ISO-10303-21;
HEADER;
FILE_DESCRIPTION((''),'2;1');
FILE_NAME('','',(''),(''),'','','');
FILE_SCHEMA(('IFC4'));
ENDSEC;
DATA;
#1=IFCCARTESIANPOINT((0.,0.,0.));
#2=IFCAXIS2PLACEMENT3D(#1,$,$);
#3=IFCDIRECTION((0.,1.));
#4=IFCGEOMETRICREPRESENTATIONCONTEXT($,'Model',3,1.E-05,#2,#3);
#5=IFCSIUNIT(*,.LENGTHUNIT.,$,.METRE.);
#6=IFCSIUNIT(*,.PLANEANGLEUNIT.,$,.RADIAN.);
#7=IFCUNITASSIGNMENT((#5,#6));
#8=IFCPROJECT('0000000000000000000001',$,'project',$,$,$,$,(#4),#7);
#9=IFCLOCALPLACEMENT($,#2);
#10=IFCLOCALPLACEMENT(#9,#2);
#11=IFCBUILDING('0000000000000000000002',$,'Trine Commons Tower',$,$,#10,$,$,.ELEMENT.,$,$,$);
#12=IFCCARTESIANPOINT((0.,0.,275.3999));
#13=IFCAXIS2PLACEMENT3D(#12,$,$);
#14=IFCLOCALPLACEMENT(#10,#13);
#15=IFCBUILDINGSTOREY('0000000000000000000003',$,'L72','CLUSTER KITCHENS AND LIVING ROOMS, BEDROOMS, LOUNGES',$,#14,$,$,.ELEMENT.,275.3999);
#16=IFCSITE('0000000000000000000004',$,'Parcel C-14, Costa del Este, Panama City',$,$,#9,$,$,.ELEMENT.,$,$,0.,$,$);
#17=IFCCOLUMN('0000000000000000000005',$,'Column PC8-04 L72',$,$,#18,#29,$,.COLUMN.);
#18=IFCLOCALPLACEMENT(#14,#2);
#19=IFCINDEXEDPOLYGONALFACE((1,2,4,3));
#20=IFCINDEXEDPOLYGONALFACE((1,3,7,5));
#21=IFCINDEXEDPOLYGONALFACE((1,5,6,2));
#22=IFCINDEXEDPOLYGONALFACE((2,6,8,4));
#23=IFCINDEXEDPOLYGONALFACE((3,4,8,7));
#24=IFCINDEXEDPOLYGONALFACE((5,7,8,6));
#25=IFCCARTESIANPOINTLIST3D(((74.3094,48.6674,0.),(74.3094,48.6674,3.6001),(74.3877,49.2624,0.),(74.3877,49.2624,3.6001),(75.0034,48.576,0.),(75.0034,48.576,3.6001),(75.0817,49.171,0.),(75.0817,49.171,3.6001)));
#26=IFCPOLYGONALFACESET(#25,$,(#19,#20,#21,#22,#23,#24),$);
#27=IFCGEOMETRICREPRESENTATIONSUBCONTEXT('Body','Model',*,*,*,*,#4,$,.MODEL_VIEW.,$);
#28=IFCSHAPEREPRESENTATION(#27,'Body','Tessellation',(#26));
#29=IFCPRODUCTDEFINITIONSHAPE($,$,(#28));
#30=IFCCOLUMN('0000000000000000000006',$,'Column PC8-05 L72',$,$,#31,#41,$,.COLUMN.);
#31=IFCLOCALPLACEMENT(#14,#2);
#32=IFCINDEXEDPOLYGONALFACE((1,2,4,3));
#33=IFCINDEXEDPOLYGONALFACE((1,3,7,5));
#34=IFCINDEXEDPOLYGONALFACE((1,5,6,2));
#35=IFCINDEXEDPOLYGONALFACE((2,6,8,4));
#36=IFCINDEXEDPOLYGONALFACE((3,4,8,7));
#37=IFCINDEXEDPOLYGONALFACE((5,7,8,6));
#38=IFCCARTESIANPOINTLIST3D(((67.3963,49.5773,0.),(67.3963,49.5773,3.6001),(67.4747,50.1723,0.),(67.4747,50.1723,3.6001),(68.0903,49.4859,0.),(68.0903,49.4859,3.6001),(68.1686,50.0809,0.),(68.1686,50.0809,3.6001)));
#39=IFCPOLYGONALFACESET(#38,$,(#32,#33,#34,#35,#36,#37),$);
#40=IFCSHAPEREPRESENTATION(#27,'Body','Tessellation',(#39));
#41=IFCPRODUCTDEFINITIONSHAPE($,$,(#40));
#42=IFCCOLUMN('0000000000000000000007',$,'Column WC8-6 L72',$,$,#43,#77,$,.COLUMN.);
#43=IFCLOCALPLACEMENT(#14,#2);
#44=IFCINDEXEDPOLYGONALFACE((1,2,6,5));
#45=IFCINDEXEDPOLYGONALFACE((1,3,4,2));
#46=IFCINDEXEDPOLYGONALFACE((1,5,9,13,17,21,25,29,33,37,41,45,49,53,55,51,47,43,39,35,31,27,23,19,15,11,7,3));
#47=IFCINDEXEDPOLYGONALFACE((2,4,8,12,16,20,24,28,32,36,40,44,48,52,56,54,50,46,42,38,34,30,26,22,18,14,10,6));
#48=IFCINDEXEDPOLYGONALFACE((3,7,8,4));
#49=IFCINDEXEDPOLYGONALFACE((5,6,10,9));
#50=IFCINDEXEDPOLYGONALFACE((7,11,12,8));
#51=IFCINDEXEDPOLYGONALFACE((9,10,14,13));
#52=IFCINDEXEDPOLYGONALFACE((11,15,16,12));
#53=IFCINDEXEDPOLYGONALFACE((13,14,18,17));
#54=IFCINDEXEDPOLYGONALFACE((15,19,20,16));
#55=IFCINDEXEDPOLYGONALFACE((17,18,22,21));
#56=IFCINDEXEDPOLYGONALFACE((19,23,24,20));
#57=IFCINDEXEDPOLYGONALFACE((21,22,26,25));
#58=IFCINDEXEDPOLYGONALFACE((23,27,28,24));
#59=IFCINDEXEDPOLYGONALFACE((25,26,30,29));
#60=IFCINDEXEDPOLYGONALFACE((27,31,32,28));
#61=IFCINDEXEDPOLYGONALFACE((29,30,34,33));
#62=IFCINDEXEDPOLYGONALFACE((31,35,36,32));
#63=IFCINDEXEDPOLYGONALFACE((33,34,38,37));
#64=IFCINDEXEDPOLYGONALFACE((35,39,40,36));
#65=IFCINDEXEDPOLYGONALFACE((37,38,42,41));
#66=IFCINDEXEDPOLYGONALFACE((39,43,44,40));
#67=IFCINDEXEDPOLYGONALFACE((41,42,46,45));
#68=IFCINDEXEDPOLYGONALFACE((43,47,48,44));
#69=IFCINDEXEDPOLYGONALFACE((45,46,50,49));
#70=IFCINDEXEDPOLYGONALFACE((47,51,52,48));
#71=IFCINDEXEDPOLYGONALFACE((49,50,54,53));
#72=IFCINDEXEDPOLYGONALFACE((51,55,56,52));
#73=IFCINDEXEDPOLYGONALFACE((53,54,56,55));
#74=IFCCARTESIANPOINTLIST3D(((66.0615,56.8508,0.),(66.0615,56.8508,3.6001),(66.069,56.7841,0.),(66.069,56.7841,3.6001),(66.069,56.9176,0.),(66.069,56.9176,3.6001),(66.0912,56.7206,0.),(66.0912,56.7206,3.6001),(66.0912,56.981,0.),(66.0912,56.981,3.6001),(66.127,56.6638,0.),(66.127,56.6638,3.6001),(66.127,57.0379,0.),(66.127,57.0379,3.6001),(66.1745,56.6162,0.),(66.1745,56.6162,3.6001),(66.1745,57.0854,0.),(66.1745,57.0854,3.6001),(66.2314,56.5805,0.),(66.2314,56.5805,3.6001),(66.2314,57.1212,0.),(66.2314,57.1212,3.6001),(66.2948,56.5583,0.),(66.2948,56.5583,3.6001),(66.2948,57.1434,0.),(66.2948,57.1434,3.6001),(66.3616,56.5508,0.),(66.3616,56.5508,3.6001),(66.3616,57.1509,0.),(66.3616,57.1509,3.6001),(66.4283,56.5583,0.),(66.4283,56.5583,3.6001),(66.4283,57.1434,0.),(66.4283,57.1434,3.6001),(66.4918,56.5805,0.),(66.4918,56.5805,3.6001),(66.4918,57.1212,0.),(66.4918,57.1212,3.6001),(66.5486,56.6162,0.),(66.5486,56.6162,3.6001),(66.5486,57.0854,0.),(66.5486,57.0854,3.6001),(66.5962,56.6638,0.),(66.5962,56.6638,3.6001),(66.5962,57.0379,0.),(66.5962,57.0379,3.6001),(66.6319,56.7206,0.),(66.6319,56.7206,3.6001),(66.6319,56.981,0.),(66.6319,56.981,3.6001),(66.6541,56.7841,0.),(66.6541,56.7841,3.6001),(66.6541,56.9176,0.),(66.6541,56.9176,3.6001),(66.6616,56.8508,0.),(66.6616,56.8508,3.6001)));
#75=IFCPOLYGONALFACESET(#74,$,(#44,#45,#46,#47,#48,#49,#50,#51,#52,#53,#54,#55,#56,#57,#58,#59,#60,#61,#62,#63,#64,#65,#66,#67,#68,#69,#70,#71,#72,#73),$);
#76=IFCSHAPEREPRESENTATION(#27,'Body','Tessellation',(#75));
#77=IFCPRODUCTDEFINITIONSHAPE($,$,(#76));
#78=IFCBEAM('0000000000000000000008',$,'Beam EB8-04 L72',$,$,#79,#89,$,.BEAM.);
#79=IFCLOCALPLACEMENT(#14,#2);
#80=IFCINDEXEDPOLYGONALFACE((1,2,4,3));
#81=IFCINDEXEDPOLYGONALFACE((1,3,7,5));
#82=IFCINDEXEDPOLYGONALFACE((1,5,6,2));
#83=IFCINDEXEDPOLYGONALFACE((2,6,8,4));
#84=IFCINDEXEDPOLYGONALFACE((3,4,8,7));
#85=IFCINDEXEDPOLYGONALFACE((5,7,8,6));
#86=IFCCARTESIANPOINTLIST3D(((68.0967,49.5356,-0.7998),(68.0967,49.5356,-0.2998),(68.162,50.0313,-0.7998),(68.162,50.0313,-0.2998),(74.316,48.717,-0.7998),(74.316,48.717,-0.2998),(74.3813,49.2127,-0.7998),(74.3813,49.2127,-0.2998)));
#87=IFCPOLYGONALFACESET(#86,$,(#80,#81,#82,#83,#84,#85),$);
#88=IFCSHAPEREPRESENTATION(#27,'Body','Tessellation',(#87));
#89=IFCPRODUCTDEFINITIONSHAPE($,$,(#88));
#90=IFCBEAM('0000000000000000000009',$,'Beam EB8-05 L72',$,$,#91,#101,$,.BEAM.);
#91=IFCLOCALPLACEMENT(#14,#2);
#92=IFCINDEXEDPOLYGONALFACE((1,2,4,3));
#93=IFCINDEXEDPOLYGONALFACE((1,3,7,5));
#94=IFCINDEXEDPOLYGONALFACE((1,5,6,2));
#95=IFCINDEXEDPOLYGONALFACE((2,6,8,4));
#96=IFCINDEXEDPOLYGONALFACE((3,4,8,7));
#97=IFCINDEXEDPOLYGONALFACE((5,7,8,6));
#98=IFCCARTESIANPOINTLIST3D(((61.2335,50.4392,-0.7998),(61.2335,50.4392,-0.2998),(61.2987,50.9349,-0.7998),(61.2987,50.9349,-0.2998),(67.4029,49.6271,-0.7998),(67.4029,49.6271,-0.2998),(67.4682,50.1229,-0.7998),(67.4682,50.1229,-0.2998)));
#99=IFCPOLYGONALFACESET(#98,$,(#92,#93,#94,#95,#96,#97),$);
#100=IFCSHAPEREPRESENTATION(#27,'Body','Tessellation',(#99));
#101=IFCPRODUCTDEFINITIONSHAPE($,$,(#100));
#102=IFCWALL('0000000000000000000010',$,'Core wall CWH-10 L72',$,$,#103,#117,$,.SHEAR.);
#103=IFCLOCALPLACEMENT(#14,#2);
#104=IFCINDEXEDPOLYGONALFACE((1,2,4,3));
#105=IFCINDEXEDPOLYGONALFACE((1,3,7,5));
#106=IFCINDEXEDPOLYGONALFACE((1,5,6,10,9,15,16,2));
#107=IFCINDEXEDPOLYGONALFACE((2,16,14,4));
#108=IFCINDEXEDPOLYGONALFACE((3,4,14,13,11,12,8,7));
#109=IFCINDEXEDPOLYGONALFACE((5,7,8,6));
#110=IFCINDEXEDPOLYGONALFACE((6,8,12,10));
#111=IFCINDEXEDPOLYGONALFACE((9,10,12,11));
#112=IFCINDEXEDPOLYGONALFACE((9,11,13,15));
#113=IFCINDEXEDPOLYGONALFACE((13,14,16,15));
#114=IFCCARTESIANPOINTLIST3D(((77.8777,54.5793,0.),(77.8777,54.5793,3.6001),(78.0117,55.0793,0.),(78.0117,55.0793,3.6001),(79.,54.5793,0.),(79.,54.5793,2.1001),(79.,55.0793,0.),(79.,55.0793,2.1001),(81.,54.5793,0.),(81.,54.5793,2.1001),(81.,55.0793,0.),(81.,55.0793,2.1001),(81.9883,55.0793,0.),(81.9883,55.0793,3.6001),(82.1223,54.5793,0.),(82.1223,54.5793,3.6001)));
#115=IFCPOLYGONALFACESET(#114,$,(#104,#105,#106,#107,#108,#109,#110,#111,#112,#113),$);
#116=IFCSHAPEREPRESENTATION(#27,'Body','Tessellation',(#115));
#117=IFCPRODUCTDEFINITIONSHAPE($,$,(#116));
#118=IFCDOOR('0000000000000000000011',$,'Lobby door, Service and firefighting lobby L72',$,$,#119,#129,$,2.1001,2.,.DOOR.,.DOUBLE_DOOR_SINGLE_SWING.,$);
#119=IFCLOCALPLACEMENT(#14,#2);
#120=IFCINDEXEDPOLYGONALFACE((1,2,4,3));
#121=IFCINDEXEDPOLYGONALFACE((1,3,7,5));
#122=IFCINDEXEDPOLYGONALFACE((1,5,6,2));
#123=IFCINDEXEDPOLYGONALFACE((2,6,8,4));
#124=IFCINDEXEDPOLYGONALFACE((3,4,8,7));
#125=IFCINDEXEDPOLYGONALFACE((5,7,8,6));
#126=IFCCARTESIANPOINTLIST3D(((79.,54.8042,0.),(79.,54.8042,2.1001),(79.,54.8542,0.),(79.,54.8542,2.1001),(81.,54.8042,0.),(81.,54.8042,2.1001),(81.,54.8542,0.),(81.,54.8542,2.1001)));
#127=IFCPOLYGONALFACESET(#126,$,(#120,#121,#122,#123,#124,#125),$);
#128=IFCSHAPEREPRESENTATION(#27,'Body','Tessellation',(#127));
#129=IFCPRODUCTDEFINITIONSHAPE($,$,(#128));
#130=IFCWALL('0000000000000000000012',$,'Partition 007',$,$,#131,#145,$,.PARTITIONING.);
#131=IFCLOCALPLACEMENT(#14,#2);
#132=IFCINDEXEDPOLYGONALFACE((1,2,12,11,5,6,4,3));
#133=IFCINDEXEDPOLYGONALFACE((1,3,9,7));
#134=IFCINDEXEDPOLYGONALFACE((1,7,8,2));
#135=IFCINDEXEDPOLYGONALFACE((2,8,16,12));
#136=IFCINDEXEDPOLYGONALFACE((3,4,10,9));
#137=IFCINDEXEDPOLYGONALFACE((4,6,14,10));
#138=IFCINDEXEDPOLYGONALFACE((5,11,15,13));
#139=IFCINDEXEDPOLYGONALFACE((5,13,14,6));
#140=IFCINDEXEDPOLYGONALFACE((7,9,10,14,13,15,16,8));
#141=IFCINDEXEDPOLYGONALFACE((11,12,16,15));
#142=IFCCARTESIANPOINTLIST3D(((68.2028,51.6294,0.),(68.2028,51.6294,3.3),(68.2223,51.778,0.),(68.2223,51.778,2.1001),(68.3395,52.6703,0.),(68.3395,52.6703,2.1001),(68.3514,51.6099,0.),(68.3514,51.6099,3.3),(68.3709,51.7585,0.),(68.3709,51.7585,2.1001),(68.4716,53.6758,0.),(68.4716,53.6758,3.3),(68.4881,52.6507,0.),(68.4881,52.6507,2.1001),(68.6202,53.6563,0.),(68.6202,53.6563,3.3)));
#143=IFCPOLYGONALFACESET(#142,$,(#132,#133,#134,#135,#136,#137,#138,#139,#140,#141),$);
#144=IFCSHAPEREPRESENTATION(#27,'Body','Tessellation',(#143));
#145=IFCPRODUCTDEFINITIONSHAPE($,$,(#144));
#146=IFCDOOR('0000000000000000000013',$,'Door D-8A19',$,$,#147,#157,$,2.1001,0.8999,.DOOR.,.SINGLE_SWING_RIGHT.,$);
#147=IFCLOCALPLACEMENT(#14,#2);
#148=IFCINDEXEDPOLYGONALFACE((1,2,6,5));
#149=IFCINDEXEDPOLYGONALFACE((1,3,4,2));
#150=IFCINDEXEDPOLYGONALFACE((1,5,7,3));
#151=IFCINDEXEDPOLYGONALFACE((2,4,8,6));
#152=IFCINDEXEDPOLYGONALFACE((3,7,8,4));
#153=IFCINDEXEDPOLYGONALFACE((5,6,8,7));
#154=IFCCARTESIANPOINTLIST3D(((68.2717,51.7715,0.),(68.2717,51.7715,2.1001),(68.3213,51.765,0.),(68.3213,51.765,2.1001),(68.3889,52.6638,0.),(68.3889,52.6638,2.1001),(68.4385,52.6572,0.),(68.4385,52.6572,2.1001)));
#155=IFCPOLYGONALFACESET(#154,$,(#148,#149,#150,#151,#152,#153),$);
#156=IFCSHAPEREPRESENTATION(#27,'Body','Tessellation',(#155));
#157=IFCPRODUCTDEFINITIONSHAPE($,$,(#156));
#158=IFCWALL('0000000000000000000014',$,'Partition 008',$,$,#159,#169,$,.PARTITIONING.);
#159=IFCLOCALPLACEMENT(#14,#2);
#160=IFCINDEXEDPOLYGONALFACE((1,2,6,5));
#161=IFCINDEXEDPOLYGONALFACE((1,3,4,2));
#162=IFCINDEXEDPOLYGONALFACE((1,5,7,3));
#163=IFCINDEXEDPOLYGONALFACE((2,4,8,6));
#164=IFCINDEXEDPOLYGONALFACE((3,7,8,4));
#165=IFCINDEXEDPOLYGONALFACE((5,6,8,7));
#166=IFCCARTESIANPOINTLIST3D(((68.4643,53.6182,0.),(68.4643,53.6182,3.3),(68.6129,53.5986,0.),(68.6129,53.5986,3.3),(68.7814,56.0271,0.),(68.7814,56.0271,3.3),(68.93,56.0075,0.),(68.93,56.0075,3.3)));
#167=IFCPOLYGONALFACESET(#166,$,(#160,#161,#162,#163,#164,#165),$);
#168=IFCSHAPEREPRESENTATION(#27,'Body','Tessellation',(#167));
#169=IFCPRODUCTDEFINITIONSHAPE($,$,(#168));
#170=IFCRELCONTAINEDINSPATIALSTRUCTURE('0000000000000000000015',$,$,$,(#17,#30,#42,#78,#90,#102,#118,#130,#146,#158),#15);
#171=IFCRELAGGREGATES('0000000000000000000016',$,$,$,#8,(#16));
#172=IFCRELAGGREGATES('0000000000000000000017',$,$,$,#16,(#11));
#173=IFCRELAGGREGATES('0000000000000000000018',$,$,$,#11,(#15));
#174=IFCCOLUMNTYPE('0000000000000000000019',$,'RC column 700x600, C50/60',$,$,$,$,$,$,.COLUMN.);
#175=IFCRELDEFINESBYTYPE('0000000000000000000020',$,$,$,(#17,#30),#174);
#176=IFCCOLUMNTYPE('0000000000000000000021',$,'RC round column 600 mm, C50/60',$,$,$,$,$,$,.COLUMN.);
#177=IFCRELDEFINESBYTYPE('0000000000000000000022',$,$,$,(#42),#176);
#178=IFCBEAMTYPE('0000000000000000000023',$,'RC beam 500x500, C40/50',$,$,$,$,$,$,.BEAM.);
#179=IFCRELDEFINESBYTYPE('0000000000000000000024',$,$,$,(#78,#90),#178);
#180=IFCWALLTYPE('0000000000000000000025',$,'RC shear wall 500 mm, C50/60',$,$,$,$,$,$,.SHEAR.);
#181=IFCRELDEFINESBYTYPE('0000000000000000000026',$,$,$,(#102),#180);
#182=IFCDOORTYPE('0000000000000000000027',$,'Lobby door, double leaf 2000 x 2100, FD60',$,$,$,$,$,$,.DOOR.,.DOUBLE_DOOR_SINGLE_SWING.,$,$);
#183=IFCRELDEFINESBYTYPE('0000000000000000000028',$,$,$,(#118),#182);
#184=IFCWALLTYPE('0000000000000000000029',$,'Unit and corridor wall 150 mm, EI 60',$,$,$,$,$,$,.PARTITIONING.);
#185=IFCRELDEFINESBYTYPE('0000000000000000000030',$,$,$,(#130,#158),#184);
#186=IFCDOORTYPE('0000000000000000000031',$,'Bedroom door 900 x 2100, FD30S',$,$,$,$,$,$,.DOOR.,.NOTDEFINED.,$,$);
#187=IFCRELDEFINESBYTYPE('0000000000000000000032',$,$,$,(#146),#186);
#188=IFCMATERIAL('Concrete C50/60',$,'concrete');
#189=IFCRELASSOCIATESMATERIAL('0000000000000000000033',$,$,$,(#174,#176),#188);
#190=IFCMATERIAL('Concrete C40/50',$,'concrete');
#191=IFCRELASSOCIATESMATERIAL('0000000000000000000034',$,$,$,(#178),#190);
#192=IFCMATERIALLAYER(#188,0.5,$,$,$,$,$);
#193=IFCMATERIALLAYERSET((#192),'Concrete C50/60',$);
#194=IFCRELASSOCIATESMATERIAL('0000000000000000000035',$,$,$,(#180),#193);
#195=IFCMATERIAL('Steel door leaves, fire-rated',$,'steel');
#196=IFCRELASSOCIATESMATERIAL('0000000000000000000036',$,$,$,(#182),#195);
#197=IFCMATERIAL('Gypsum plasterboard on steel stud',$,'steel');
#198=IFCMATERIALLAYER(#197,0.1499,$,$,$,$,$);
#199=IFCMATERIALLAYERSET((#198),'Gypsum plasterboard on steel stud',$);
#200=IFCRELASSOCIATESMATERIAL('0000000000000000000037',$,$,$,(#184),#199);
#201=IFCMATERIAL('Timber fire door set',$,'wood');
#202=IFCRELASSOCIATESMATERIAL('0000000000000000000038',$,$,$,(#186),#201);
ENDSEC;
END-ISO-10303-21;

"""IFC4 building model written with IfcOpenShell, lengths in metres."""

from ifc_helpers import new_model, si_unit, direction, frame, frame_2d, origin, origin_2d, place, context, subcontext, project, spatial, polyline, rectangle, circle, outline, extrude, material, layer, layer_set, material_profile, profile_set, type_object, element, fill, save


model = new_model("IFC4")

# Units and contexts
model_context = context("Model", 3, precision=1e-05, world=origin(), true_north=direction((0.0, 1.0)))
body_context = subcontext(model_context, "Body", "Model", "MODEL_VIEW")
ifc_project = project(units=[si_unit("LENGTHUNIT", "METRE"), si_unit("PLANEANGLEUNIT", "RADIAN")], contexts=[model_context])

# Site, building, storey
site_placement = place(None, origin())
site = spatial("IfcSite", under=ifc_project, at=site_placement, Name="Parcel C-14, Costa del Este, Panama City", CompositionType="ELEMENT", RefElevation=0.0)
building_placement = place(site_placement, origin())
building = spatial("IfcBuilding", under=site, at=building_placement, Name="Trine Commons Tower", CompositionType="ELEMENT")
storey_placement = place(building_placement, frame((0.0, 0.0, 275.3999)))
storey = spatial("IfcBuildingStorey", under=building, at=storey_placement, Name="L72", Description="CLUSTER KITCHENS AND LIVING ROOMS, BEDROOMS, LOUNGES", CompositionType="ELEMENT", Elevation=275.3999)

# Columns
ifc_material_1 = material(Name="Concrete C50/60", Category="concrete")
ifc_material_profile_1 = material_profile(ifc_material_1, rectangle(XDim=0.7, YDim=0.6001, at=origin_2d()), Name="RC 700x600")
ifc_profile_set_1 = profile_set([ifc_material_profile_1], Name="Concrete C50/60")
column_type_1 = type_object("IfcColumnType", Name="RC column 700x600, C50/60", PredefinedType="COLUMN", material=ifc_profile_set_1)
for number, where, z_axis, x_axis, name in (
    (1, (74.6956, 48.9192, 0.0), (0.0, 0.0, 1.0), (-0.991445, 0.130526, 0.0), "Column PC8-04 L72"),
    (2, (67.7825, 49.8291, 0.0), (0.0, 0.0, 1.0), (-0.991445, 0.130526, 0.0), "Column PC8-05 L72"),
):
    element("IfcColumn", number, at=place(storey_placement, frame(where, z_axis=z_axis, x_axis=x_axis)), inside=storey, type_object=column_type_1, Name=name, PredefinedType="COLUMN", context=body_context, shape_type="SweptSolid", body=[
        extrude(rectangle(XDim=0.7, YDim=0.6001, at=origin_2d()), origin(), (0.0, 0.0, 1.0), 3.6001),
    ])
ifc_material_profile_2 = material_profile(ifc_material_1, circle(Radius=0.3, at=origin_2d()), Name="RC round 600")
ifc_profile_set_2 = profile_set([ifc_material_profile_2], Name="Concrete C50/60")
column_type_2 = type_object("IfcColumnType", Name="RC round column 600 mm, C50/60", PredefinedType="COLUMN", material=ifc_profile_set_2)
column_placement = place(storey_placement, frame((66.3616, 56.8508, 0.0), z_axis=(0.0, 0.0, 1.0), x_axis=(1.0, 0.0, 0.0)))
element("IfcColumn", 3, at=column_placement, inside=storey, type_object=column_type_2, Name="Column WC8-6 L72", PredefinedType="COLUMN", context=body_context, shape_type="SweptSolid", body=[
    extrude(circle(Radius=0.3, at=origin_2d()), origin(), (0.0, 0.0, 1.0), 3.6001),
])

# Beams
ifc_material_2 = material(Name="Concrete C40/50", Category="concrete")
ifc_material_profile_3 = material_profile(ifc_material_2, rectangle(XDim=0.5, YDim=0.5, at=origin_2d()), Name="RC 500x500")
ifc_profile_set_3 = profile_set([ifc_material_profile_3], Name="Concrete C40/50")
beam_type = type_object("IfcBeamType", Name="RC beam 500x500, C40/50", PredefinedType="BEAM", material=ifc_profile_set_3)
beam_1_placement = place(storey_placement, frame((74.3486, 48.9648, -0.5498), z_axis=(-0.991448, 0.130499, 0.0), x_axis=(-0.130499, -0.991448, 0.0)))
element("IfcBeam", 4, at=beam_1_placement, inside=storey, type_object=beam_type, Name="Beam EB8-04 L72", PredefinedType="BEAM", context=body_context, shape_type="SweptSolid", body=[
    extrude(rectangle(XDim=0.5, YDim=0.5, at=origin_2d()), origin(), (0.0, 0.0, 1.0), 6.2729),
])
beam_2_placement = place(storey_placement, frame((67.4355, 49.875, -0.5498), z_axis=(-0.991449, 0.130493, 0.0), x_axis=(-0.130493, -0.991449, 0.0)))
element("IfcBeam", 5, at=beam_2_placement, inside=storey, type_object=beam_type, Name="Beam EB8-05 L72", PredefinedType="BEAM", context=body_context, shape_type="SweptSolid", body=[
    extrude(rectangle(XDim=0.5, YDim=0.5, at=origin_2d()), origin(), (0.0, 0.0, 1.0), 6.2227),
])

# Walls, openings, doors
ifc_layer_1 = layer(ifc_material_1, 0.5)
ifc_layer_set_1 = layer_set([ifc_layer_1], Name="Concrete C50/60")
wall_type_1 = type_object("IfcWallType", Name="RC shear wall 500 mm, C50/60", PredefinedType="SHEAR", material=ifc_layer_set_1)
wall_1_placement = place(storey_placement, frame((77.8777, 54.8293, 0.0), z_axis=(0.0, 0.0, 1.0), x_axis=(1.0, 0.0, 0.0)))
wall_1 = element("IfcWall", 6, at=wall_1_placement, inside=storey, type_object=wall_type_1, Name="Core wall CWH-10 L72", PredefinedType="SHEAR", context=body_context, shape_type="SweptSolid", body=[
    extrude(outline(polyline([(0.0, -0.25), (4.2446, -0.25), (4.1106, 0.25), (0.134, 0.25), (0.0, -0.25)])), origin(), (0.0, 0.0, 1.0), 3.6001),
])
opening_1_placement = place(wall_1_placement, frame((1.1223, 0.0, 0.0)))
opening_1 = element("IfcOpeningElement", 7, at=opening_1_placement, cuts=wall_1, PredefinedType="OPENING", context=body_context, shape_type="SweptSolid", body=[
    extrude(rectangle(XDim=2.0, YDim=2.1001, at=frame_2d((1.0, 1.05))), frame((0.0, 0.26, 0.0), z_axis=(0.0, -1.0, 0.0), x_axis=(1.0, 0.0, 0.0)), (0.0, 0.0, 1.0), 0.52),
])
ifc_material_3 = material(Name="Steel door leaves, fire-rated", Category="steel")
door_type_1 = type_object("IfcDoorType", Name="Lobby door, double leaf 2000 x 2100, FD60", OperationType="DOUBLE_DOOR_SINGLE_SWING", PredefinedType="DOOR", material=ifc_material_3)
door_1_placement = place(opening_1_placement, origin())
door_1 = element("IfcDoor", 8, at=door_1_placement, inside=storey, type_object=door_type_1, Name="Lobby door, Service and firefighting lobby L72", OperationType="DOUBLE_DOOR_SINGLE_SWING", OverallHeight=2.1001, OverallWidth=2.0, PredefinedType="DOOR", context=body_context, shape_type="SweptSolid", body=[
    extrude(rectangle(XDim=2.0, YDim=2.1001, at=frame_2d((1.0, 1.05))), frame((0.0, 0.0249, 0.0), z_axis=(0.0, -1.0, 0.0), x_axis=(1.0, 0.0, 0.0)), (0.0, 0.0, 1.0), 0.05),
])
fill(opening_1, door_1)
ifc_material_4 = material(Name="Gypsum plasterboard on steel stud", Category="steel")
ifc_layer_2 = layer(ifc_material_4, 0.1499)
ifc_layer_set_2 = layer_set([ifc_layer_2], Name="Gypsum plasterboard on steel stud")
wall_type_2 = type_object("IfcWallType", Name="Unit and corridor wall 150 mm, EI 60", PredefinedType="PARTITIONING", material=ifc_layer_set_2)
wall_2_placement = place(storey_placement, frame((68.2771, 51.6196, 0.0), z_axis=(0.0, 0.0, 1.0), x_axis=(0.130234, 0.991483, 0.0)))
wall_2 = element("IfcWall", 9, at=wall_2_placement, inside=storey, type_object=wall_type_2, Name="Partition 007", PredefinedType="PARTITIONING", context=body_context, shape_type="SweptSolid", body=[
    extrude(rectangle(XDim=2.064, YDim=0.1499, at=frame_2d((1.032, 0.0))), origin(), (0.0, 0.0, 1.0), 3.3),
])
opening_2_placement = place(wall_2_placement, frame((0.1499, 0.0, 0.0)))
opening_2 = element("IfcOpeningElement", 10, at=opening_2_placement, cuts=wall_2, PredefinedType="OPENING", context=body_context, shape_type="SweptSolid", body=[
    extrude(rectangle(XDim=0.8999, YDim=2.1001, at=frame_2d((0.45, 1.05))), frame((0.0, 0.085, 0.0), z_axis=(0.0, -1.0, 0.0), x_axis=(1.0, 0.0, 0.0)), (0.0, 0.0, 1.0), 0.1699),
])
ifc_material_5 = material(Name="Timber fire door set", Category="wood")
door_type_2 = type_object("IfcDoorType", Name="Bedroom door 900 x 2100, FD30S", OperationType="NOTDEFINED", PredefinedType="DOOR", material=ifc_material_5)
door_2_placement = place(opening_2_placement, frame((0.8999, 0.0, 0.0), z_axis=(0.0, 0.0, 1.0), x_axis=(-1.0, 0.0, 0.0)))
door_2 = element("IfcDoor", 11, at=door_2_placement, inside=storey, type_object=door_type_2, Name="Door D-8A19", OperationType="SINGLE_SWING_RIGHT", OverallHeight=2.1001, OverallWidth=0.8999, PredefinedType="DOOR", context=body_context, shape_type="SweptSolid", body=[
    extrude(rectangle(XDim=0.8999, YDim=2.1001, at=frame_2d((0.45, 1.05))), frame((0.0, 0.0249, 0.0), z_axis=(0.0, -1.0, 0.0), x_axis=(1.0, 0.0, 0.0)), (0.0, 0.0, 1.0), 0.05),
])
fill(opening_2, door_2)

# Wall
wall_3_placement = place(storey_placement, frame((68.5386, 53.6084, 0.0), z_axis=(0.0, 0.0, 1.0), x_axis=(0.130525, 0.991445, 0.0)))
element("IfcWall", 12, at=wall_3_placement, inside=storey, type_object=wall_type_2, Name="Partition 008", PredefinedType="PARTITIONING", context=body_context, shape_type="SweptSolid", body=[
    extrude(rectangle(XDim=2.4297, YDim=0.1499, at=frame_2d((1.2148, 0.0))), origin(), (0.0, 0.0, 1.0), 3.3),
])

save(model, "model.ifc")
